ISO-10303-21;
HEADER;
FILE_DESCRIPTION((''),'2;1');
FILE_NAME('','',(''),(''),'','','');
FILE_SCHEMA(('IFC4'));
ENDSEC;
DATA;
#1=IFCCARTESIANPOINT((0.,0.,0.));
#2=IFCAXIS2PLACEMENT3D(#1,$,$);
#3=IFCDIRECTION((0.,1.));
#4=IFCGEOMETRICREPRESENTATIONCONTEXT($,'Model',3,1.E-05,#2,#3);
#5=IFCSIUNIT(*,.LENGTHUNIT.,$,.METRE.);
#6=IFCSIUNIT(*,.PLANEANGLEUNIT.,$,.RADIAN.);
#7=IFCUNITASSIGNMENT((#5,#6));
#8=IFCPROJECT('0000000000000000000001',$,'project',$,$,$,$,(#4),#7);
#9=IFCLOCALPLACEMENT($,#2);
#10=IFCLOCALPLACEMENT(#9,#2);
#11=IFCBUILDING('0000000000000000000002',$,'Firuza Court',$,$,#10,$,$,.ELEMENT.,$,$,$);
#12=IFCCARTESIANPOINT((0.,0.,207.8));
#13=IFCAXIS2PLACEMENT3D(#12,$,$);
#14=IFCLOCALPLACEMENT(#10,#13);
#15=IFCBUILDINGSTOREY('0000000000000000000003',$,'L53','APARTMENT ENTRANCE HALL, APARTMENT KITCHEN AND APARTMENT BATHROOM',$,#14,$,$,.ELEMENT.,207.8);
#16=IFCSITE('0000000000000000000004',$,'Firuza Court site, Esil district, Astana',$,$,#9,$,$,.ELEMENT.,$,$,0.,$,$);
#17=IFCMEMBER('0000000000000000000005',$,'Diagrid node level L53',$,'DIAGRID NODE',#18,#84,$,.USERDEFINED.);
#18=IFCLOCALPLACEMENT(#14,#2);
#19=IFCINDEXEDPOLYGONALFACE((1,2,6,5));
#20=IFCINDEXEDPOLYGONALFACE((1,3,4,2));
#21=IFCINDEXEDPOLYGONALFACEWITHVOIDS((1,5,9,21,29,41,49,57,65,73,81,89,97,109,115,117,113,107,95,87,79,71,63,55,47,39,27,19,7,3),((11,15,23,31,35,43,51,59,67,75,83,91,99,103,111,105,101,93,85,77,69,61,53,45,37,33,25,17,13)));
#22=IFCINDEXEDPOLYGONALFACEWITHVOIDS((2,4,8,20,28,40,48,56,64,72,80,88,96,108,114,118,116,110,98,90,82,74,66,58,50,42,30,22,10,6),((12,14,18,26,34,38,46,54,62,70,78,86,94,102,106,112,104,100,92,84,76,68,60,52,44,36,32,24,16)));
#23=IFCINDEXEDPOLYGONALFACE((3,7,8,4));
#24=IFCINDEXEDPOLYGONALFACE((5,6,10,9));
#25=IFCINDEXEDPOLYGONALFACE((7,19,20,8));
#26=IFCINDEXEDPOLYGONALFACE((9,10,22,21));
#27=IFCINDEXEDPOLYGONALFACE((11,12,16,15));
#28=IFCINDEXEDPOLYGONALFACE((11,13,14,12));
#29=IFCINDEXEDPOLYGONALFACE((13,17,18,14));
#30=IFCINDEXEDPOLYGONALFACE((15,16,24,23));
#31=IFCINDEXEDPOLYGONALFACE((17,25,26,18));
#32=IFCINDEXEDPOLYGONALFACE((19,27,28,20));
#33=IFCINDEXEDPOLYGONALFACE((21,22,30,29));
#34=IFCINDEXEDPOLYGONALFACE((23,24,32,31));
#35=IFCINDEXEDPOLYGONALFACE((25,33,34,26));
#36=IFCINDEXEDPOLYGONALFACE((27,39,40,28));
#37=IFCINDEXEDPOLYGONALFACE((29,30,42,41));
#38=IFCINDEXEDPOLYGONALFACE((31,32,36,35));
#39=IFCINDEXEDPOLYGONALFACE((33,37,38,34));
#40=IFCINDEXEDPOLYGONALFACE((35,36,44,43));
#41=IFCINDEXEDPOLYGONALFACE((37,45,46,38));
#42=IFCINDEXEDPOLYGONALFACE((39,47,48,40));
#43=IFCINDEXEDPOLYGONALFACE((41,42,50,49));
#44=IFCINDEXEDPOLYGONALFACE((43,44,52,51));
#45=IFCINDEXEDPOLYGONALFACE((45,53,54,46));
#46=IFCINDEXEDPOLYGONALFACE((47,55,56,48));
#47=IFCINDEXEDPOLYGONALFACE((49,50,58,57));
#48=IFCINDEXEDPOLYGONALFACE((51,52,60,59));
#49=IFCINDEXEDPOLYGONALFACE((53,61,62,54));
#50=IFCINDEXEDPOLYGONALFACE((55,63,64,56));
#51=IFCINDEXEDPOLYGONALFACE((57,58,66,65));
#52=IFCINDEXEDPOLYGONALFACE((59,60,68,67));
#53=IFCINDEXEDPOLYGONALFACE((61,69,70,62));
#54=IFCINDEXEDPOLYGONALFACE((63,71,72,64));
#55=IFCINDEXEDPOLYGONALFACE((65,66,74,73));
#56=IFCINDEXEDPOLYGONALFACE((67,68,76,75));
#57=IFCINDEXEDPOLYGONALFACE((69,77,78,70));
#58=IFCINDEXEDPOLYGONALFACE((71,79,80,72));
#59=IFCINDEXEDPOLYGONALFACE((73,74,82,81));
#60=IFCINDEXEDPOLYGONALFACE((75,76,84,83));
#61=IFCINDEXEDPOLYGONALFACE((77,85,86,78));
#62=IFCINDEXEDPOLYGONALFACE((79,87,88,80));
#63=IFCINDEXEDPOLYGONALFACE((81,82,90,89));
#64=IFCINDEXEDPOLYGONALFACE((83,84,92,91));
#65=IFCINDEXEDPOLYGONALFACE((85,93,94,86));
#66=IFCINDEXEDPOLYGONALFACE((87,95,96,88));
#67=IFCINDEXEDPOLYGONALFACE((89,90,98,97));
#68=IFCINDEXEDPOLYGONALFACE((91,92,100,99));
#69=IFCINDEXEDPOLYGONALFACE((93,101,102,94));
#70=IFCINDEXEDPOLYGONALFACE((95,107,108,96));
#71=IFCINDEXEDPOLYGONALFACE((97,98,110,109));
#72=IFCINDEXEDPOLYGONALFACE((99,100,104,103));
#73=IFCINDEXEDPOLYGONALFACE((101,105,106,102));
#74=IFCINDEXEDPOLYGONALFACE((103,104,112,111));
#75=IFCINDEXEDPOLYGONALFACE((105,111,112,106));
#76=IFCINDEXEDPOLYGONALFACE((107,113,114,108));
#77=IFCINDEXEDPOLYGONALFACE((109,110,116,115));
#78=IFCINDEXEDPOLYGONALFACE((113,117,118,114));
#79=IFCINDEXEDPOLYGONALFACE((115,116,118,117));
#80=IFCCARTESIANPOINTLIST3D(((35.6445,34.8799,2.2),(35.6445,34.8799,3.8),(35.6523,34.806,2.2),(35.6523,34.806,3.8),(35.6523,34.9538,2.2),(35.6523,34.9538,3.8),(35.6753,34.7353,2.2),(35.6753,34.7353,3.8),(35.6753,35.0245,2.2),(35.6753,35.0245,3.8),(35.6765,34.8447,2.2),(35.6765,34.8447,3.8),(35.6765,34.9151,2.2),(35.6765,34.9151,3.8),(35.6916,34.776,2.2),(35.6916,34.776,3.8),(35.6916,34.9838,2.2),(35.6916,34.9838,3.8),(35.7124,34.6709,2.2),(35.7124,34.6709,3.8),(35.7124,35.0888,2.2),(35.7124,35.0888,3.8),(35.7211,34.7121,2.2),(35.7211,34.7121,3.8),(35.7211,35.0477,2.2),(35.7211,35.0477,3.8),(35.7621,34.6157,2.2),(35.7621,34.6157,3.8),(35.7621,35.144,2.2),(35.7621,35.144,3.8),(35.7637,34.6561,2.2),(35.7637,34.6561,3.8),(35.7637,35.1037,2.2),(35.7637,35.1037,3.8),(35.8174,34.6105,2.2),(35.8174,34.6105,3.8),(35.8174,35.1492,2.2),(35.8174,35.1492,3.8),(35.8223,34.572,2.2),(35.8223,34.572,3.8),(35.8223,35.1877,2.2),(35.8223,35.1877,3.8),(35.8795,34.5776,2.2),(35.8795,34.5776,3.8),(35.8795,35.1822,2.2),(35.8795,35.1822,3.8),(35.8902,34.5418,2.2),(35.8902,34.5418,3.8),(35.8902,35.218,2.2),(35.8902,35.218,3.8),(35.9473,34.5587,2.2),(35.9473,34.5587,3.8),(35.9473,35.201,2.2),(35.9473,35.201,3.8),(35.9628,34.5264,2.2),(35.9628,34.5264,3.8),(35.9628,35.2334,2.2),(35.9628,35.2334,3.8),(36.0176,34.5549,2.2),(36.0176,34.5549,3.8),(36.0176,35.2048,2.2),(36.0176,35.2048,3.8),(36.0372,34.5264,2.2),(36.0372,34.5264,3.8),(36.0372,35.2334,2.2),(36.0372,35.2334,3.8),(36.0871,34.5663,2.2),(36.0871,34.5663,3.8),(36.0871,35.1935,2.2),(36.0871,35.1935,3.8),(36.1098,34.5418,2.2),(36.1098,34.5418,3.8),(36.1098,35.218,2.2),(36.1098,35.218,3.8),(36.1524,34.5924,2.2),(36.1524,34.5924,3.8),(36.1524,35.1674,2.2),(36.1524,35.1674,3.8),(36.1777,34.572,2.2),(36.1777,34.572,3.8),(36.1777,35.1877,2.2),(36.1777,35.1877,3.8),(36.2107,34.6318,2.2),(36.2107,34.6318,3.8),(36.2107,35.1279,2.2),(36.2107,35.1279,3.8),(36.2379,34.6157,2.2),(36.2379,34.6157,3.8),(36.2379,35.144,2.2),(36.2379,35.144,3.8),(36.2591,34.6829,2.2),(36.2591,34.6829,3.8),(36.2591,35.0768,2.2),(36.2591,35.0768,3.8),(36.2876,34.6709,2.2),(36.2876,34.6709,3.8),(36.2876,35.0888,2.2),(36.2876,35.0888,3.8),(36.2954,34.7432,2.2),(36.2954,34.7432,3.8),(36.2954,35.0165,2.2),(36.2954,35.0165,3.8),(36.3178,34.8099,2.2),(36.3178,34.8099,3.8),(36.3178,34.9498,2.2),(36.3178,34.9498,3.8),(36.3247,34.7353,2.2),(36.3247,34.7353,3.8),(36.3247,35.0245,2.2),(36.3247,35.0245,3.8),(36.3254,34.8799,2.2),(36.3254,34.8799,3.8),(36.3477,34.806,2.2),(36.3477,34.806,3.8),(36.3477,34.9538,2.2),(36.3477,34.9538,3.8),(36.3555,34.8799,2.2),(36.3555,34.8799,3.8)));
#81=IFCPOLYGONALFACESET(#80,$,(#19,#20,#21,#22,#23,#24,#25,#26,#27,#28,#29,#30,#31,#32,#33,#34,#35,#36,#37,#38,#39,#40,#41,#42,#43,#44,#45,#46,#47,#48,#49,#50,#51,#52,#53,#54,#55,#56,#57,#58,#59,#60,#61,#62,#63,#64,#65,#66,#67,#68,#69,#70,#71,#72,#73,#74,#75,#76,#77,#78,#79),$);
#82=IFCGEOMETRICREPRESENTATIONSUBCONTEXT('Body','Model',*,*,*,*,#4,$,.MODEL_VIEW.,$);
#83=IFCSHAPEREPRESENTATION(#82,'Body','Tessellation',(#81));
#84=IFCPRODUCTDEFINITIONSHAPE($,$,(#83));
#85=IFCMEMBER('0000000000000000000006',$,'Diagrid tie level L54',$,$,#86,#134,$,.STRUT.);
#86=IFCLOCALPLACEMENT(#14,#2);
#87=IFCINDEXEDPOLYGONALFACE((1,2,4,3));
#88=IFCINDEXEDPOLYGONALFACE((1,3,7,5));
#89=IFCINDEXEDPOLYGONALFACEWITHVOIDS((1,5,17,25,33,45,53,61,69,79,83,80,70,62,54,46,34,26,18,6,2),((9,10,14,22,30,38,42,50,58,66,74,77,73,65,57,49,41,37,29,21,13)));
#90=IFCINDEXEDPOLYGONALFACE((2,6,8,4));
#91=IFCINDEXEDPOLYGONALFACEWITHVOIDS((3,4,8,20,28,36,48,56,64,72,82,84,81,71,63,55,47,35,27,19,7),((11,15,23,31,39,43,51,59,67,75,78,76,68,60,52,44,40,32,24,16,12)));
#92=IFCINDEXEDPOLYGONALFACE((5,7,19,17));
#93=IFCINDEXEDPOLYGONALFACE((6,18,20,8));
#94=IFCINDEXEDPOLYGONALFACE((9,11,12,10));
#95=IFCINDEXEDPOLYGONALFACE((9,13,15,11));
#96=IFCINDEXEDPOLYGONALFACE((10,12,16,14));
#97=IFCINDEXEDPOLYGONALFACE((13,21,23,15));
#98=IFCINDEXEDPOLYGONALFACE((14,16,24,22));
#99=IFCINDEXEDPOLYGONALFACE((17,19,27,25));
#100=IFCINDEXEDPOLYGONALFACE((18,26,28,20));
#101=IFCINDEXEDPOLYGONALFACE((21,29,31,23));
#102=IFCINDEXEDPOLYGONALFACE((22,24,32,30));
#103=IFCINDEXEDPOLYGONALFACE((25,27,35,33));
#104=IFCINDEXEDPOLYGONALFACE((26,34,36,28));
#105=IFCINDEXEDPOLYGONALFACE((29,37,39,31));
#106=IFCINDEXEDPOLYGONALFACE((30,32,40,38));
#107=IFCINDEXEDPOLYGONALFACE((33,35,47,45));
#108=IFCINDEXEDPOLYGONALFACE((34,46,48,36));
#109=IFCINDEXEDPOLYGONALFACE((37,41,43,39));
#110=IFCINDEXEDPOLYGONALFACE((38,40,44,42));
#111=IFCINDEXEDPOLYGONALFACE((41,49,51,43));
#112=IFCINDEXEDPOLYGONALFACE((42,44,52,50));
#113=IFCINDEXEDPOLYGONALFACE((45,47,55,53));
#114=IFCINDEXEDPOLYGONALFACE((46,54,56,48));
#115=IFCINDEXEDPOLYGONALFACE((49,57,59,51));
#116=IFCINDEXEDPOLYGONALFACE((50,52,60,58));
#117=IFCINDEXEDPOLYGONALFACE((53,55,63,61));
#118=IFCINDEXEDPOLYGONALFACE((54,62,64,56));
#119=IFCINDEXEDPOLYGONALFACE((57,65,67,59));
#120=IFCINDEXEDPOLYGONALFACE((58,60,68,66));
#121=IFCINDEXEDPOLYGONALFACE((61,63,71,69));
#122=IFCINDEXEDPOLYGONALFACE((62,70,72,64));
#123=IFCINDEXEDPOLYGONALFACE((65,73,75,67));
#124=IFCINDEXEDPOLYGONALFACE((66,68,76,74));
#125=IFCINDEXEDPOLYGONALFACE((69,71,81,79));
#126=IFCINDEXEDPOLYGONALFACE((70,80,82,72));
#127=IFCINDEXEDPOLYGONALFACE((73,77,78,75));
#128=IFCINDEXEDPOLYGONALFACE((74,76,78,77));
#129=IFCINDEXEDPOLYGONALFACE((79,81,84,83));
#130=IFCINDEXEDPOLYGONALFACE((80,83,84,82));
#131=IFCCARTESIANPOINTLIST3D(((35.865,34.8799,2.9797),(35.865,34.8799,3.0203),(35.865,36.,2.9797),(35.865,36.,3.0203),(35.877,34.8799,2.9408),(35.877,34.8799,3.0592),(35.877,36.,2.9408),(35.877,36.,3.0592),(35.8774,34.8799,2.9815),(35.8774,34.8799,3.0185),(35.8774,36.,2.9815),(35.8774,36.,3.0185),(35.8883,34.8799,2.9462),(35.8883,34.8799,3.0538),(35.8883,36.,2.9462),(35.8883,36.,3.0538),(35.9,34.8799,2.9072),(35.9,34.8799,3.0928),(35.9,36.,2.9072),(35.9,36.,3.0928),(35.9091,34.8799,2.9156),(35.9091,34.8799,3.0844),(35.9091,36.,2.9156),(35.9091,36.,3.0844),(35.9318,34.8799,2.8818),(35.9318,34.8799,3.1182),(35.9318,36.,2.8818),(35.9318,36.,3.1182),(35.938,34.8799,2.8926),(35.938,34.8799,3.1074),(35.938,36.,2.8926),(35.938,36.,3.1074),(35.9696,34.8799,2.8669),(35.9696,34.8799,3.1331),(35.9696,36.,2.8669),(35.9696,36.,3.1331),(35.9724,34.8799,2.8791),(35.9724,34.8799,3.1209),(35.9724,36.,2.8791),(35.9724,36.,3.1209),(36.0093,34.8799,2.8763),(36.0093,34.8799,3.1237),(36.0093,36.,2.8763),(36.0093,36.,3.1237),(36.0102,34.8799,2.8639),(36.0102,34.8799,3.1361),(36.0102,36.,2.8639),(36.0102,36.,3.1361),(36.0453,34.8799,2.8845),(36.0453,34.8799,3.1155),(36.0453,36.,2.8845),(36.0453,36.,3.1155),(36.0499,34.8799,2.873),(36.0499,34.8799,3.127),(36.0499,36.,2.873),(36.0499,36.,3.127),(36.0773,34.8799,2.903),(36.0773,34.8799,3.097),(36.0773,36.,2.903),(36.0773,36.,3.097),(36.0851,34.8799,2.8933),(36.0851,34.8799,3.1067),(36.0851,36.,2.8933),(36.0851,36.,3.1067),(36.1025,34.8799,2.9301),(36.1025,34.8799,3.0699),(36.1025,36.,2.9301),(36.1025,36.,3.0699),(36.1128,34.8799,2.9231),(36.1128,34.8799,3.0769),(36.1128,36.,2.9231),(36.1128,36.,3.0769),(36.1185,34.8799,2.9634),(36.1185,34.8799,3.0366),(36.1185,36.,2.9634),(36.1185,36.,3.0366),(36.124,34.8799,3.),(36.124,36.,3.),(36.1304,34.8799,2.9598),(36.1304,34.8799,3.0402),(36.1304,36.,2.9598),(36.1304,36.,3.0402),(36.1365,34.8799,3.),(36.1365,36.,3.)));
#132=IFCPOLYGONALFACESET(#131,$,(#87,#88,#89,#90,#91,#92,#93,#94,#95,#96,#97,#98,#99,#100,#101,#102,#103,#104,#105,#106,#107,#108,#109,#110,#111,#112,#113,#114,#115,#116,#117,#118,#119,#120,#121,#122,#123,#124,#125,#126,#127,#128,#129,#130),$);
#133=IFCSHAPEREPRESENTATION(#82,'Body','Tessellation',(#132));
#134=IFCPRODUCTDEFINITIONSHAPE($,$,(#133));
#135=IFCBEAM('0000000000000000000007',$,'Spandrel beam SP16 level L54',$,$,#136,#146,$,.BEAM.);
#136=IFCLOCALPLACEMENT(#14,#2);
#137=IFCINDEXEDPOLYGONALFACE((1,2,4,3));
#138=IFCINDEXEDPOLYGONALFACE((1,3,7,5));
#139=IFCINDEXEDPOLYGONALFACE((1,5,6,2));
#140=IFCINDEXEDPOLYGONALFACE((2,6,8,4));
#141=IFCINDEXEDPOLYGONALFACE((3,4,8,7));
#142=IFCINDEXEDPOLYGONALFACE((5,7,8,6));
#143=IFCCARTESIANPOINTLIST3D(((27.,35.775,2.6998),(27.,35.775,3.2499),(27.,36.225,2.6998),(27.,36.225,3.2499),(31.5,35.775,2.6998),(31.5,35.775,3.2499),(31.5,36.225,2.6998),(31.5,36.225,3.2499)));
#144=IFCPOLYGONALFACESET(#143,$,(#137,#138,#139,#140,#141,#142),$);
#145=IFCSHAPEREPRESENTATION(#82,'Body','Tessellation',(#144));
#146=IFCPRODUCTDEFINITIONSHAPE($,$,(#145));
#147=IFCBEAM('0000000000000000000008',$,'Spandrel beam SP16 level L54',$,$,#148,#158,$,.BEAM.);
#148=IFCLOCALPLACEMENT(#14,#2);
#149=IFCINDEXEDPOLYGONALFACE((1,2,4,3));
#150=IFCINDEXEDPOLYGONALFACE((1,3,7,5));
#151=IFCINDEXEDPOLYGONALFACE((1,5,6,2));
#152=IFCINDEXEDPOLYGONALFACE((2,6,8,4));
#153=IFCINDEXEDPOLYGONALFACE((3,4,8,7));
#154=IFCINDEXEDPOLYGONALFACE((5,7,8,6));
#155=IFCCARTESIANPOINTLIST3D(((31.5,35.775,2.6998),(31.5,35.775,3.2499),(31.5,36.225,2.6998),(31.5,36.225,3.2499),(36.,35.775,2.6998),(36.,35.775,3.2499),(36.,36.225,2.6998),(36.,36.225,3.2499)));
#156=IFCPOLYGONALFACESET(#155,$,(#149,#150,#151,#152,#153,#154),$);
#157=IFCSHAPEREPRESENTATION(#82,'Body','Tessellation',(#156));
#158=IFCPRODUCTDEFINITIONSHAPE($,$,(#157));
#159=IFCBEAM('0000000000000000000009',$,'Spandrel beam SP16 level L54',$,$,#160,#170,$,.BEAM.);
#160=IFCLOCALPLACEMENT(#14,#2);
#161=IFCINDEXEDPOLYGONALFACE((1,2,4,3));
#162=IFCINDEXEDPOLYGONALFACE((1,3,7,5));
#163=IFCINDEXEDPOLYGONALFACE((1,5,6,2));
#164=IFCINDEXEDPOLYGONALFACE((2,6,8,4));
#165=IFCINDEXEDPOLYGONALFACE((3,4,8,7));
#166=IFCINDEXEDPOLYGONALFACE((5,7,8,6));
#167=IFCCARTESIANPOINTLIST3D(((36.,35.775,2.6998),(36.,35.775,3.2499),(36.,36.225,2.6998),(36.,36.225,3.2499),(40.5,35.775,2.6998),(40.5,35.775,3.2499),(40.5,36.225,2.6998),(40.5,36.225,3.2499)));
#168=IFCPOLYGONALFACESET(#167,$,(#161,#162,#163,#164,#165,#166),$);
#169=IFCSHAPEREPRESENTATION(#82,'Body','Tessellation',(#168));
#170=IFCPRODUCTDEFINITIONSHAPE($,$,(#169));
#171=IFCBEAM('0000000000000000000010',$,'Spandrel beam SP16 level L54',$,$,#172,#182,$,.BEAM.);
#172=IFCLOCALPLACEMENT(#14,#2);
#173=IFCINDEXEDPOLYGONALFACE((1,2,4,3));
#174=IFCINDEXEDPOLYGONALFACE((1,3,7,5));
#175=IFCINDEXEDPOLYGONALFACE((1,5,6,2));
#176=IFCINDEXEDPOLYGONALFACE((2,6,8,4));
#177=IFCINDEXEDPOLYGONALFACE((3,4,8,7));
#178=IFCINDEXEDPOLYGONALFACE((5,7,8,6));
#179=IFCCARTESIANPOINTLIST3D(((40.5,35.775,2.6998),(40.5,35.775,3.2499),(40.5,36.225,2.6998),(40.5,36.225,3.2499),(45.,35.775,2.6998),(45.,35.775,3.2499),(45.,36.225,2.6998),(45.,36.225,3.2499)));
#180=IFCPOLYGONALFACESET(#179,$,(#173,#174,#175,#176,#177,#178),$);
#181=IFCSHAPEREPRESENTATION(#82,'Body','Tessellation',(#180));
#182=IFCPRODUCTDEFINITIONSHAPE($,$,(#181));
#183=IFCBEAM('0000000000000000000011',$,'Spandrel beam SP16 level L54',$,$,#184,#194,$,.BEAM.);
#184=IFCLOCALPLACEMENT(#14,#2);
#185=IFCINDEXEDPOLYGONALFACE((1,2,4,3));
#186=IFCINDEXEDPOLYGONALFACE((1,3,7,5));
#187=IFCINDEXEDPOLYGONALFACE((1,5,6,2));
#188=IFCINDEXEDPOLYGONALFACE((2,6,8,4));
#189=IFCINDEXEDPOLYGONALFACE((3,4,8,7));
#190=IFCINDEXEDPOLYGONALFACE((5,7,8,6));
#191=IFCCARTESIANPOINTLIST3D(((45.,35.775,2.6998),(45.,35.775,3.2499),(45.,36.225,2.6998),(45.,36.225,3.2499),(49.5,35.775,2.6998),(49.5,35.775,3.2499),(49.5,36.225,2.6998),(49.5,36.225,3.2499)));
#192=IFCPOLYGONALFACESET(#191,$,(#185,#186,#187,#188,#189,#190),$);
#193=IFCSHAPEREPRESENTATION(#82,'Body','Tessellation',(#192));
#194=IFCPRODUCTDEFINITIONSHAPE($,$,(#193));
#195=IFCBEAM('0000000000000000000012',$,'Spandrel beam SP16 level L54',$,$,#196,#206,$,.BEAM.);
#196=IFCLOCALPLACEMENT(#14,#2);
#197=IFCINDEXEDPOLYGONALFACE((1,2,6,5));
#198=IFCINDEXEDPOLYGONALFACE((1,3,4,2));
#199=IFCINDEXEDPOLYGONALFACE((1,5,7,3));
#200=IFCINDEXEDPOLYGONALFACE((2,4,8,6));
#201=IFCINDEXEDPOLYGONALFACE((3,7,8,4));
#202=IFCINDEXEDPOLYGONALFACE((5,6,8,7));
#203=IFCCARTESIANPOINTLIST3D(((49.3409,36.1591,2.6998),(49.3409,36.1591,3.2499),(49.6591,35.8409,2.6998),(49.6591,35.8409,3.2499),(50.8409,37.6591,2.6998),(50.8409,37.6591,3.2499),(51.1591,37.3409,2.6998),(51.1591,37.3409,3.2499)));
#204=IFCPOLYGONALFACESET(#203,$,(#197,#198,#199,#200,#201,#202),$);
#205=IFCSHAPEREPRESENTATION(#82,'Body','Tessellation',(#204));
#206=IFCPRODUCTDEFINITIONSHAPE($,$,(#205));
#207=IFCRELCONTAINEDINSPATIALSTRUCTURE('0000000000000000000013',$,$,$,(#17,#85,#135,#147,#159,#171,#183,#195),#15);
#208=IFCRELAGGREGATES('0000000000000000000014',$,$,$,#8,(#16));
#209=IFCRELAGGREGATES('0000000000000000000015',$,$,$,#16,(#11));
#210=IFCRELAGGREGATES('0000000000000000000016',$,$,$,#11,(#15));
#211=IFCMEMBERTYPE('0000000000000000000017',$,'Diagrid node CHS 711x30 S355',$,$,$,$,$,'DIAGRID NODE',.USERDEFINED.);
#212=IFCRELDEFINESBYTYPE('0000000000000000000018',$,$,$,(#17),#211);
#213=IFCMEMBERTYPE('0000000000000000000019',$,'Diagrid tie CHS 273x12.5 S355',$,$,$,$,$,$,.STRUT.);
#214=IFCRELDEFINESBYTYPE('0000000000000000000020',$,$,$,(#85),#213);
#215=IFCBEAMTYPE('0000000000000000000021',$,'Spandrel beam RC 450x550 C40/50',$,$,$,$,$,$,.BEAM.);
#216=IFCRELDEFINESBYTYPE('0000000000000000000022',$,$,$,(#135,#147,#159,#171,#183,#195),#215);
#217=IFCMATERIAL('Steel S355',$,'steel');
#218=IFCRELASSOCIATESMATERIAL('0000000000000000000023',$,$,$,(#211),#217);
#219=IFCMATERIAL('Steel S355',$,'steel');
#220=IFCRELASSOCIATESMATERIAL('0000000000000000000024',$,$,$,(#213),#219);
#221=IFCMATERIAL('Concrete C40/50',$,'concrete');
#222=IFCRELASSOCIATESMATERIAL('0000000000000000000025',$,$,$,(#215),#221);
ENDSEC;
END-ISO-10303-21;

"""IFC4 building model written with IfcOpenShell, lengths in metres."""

from ifc_helpers import new_model, si_unit, direction, frame, origin, origin_2d, place, context, subcontext, project, spatial, rectangle, hollow_circle, extrude, material, material_profile, profile_set, type_object, element, save


model = new_model("IFC4")

# Units and contexts
model_context = context("Model", 3, precision=1e-05, world=origin(), true_north=direction((0.0, 1.0)))
body_context = subcontext(model_context, "Body", "Model", "MODEL_VIEW")
ifc_project = project(units=[si_unit("LENGTHUNIT", "METRE"), si_unit("PLANEANGLEUNIT", "RADIAN")], contexts=[model_context])

# Site, building, storey
site_placement = place(None, origin())
site = spatial("IfcSite", under=ifc_project, at=site_placement, Name="Firuza Court site, Esil district, Astana", CompositionType="ELEMENT", RefElevation=0.0)
building_placement = place(site_placement, origin())
building = spatial("IfcBuilding", under=site, at=building_placement, Name="Firuza Court", CompositionType="ELEMENT")
storey_placement = place(building_placement, frame((0.0, 0.0, 207.8)))
storey = spatial("IfcBuildingStorey", under=building, at=storey_placement, Name="L53", Description="APARTMENT ENTRANCE HALL, APARTMENT KITCHEN AND APARTMENT BATHROOM", CompositionType="ELEMENT", Elevation=207.8)

# Members
ifc_material_1 = material(Name="Steel S355", Category="steel")
ifc_material_profile_1 = material_profile(ifc_material_1, hollow_circle(Radius=0.3555, WallThickness=0.03, at=origin_2d()), Name="CHS 711x30")
ifc_profile_set_1 = profile_set([ifc_material_profile_1], Name="Steel S355")
member_type_1 = type_object("IfcMemberType", Name="Diagrid node CHS 711x30 S355", ElementType="DIAGRID NODE", PredefinedType="USERDEFINED", material=ifc_profile_set_1)
for number, where, z_axis, x_axis, name in (
    (1, (36.0, 34.8799, 2.2), (0.0, 0.0, 1.0), (1.0, 0.0, 0.0), "Diagrid node level L53"),
):
    element("IfcMember", number, at=place(storey_placement, frame(where, z_axis=z_axis, x_axis=x_axis)), inside=storey, type_object=member_type_1, Name=name, ObjectType="DIAGRID NODE", PredefinedType="USERDEFINED", context=body_context, shape_type="SweptSolid", body=[
        extrude(hollow_circle(Radius=0.3555, WallThickness=0.03, at=origin_2d()), origin(), (0.0, 0.0, 1.0), 1.6001),
    ])
ifc_material_2 = material(Name="Steel S355", Category="steel")
ifc_material_profile_2 = material_profile(ifc_material_2, hollow_circle(Radius=0.1365, WallThickness=0.0125, at=origin_2d()), Name="CHS 273x12.5")
ifc_profile_set_2 = profile_set([ifc_material_profile_2], Name="Steel S355")
member_type_2 = type_object("IfcMemberType", Name="Diagrid tie CHS 273x12.5 S355", PredefinedType="STRUT", material=ifc_profile_set_2)
member_placement = place(storey_placement, frame((36.0, 36.0, 3.0), z_axis=(0.0, -1.0, 0.0), x_axis=(1.0, 0.0, 0.0)))
element("IfcMember", 2, at=member_placement, inside=storey, type_object=member_type_2, Name="Diagrid tie level L54", PredefinedType="STRUT", context=body_context, shape_type="SweptSolid", body=[
    extrude(hollow_circle(Radius=0.1365, WallThickness=0.0125, at=origin_2d()), origin(), (0.0, 0.0, 1.0), 1.1201),
])

# Beams
ifc_material_3 = material(Name="Concrete C40/50", Category="concrete")
ifc_material_profile_3 = material_profile(ifc_material_3, rectangle(XDim=0.45, YDim=0.55, at=origin_2d()), Name="RC 450x550")
ifc_profile_set_3 = profile_set([ifc_material_profile_3], Name="Concrete C40/50")
beam_type_1 = type_object("IfcBeamType", Name="Spandrel beam RC 450x550 C40/50", PredefinedType="BEAM", material=ifc_profile_set_3)
for number, where, z_axis, x_axis, name in (
    (3, (27.0, 36.0, 2.9749), (1.0, 0.0, 0.0), (0.0, 1.0, 0.0), "Spandrel beam SP16 level L54"),
    (4, (31.5, 36.0, 2.9749), (1.0, 0.0, 0.0), (0.0, 1.0, 0.0), "Spandrel beam SP16 level L54"),
    (5, (36.0, 36.0, 2.9749), (1.0, 0.0, 0.0), (0.0, 1.0, 0.0), "Spandrel beam SP16 level L54"),
    (6, (40.5, 36.0, 2.9749), (1.0, 0.0, 0.0), (0.0, 1.0, 0.0), "Spandrel beam SP16 level L54"),
    (7, (45.0, 36.0, 2.9749), (1.0, 0.0, 0.0), (0.0, 1.0, 0.0), "Spandrel beam SP16 level L54"),
):
    element("IfcBeam", number, at=place(storey_placement, frame(where, z_axis=z_axis, x_axis=x_axis)), inside=storey, type_object=beam_type_1, Name=name, PredefinedType="BEAM", context=body_context, shape_type="SweptSolid", body=[
        extrude(rectangle(XDim=0.45, YDim=0.55, at=origin_2d()), origin(), (0.0, 0.0, 1.0), 4.5),
    ])
beam_1_placement = place(storey_placement, frame((49.5, 36.0, 2.9749), z_axis=(0.707107, 0.707107, 0.0), x_axis=(-0.707107, 0.707107, 0.0)))
element("IfcBeam", 8, at=beam_1_placement, inside=storey, type_object=beam_type_1, Name="Spandrel beam SP16 level L54", PredefinedType="BEAM", context=body_context, shape_type="SweptSolid", body=[
    extrude(rectangle(XDim=0.45, YDim=0.55, at=origin_2d()), origin(), (0.0, 0.0, 1.0), 2.1213),
])

save(model, "model.ifc")
